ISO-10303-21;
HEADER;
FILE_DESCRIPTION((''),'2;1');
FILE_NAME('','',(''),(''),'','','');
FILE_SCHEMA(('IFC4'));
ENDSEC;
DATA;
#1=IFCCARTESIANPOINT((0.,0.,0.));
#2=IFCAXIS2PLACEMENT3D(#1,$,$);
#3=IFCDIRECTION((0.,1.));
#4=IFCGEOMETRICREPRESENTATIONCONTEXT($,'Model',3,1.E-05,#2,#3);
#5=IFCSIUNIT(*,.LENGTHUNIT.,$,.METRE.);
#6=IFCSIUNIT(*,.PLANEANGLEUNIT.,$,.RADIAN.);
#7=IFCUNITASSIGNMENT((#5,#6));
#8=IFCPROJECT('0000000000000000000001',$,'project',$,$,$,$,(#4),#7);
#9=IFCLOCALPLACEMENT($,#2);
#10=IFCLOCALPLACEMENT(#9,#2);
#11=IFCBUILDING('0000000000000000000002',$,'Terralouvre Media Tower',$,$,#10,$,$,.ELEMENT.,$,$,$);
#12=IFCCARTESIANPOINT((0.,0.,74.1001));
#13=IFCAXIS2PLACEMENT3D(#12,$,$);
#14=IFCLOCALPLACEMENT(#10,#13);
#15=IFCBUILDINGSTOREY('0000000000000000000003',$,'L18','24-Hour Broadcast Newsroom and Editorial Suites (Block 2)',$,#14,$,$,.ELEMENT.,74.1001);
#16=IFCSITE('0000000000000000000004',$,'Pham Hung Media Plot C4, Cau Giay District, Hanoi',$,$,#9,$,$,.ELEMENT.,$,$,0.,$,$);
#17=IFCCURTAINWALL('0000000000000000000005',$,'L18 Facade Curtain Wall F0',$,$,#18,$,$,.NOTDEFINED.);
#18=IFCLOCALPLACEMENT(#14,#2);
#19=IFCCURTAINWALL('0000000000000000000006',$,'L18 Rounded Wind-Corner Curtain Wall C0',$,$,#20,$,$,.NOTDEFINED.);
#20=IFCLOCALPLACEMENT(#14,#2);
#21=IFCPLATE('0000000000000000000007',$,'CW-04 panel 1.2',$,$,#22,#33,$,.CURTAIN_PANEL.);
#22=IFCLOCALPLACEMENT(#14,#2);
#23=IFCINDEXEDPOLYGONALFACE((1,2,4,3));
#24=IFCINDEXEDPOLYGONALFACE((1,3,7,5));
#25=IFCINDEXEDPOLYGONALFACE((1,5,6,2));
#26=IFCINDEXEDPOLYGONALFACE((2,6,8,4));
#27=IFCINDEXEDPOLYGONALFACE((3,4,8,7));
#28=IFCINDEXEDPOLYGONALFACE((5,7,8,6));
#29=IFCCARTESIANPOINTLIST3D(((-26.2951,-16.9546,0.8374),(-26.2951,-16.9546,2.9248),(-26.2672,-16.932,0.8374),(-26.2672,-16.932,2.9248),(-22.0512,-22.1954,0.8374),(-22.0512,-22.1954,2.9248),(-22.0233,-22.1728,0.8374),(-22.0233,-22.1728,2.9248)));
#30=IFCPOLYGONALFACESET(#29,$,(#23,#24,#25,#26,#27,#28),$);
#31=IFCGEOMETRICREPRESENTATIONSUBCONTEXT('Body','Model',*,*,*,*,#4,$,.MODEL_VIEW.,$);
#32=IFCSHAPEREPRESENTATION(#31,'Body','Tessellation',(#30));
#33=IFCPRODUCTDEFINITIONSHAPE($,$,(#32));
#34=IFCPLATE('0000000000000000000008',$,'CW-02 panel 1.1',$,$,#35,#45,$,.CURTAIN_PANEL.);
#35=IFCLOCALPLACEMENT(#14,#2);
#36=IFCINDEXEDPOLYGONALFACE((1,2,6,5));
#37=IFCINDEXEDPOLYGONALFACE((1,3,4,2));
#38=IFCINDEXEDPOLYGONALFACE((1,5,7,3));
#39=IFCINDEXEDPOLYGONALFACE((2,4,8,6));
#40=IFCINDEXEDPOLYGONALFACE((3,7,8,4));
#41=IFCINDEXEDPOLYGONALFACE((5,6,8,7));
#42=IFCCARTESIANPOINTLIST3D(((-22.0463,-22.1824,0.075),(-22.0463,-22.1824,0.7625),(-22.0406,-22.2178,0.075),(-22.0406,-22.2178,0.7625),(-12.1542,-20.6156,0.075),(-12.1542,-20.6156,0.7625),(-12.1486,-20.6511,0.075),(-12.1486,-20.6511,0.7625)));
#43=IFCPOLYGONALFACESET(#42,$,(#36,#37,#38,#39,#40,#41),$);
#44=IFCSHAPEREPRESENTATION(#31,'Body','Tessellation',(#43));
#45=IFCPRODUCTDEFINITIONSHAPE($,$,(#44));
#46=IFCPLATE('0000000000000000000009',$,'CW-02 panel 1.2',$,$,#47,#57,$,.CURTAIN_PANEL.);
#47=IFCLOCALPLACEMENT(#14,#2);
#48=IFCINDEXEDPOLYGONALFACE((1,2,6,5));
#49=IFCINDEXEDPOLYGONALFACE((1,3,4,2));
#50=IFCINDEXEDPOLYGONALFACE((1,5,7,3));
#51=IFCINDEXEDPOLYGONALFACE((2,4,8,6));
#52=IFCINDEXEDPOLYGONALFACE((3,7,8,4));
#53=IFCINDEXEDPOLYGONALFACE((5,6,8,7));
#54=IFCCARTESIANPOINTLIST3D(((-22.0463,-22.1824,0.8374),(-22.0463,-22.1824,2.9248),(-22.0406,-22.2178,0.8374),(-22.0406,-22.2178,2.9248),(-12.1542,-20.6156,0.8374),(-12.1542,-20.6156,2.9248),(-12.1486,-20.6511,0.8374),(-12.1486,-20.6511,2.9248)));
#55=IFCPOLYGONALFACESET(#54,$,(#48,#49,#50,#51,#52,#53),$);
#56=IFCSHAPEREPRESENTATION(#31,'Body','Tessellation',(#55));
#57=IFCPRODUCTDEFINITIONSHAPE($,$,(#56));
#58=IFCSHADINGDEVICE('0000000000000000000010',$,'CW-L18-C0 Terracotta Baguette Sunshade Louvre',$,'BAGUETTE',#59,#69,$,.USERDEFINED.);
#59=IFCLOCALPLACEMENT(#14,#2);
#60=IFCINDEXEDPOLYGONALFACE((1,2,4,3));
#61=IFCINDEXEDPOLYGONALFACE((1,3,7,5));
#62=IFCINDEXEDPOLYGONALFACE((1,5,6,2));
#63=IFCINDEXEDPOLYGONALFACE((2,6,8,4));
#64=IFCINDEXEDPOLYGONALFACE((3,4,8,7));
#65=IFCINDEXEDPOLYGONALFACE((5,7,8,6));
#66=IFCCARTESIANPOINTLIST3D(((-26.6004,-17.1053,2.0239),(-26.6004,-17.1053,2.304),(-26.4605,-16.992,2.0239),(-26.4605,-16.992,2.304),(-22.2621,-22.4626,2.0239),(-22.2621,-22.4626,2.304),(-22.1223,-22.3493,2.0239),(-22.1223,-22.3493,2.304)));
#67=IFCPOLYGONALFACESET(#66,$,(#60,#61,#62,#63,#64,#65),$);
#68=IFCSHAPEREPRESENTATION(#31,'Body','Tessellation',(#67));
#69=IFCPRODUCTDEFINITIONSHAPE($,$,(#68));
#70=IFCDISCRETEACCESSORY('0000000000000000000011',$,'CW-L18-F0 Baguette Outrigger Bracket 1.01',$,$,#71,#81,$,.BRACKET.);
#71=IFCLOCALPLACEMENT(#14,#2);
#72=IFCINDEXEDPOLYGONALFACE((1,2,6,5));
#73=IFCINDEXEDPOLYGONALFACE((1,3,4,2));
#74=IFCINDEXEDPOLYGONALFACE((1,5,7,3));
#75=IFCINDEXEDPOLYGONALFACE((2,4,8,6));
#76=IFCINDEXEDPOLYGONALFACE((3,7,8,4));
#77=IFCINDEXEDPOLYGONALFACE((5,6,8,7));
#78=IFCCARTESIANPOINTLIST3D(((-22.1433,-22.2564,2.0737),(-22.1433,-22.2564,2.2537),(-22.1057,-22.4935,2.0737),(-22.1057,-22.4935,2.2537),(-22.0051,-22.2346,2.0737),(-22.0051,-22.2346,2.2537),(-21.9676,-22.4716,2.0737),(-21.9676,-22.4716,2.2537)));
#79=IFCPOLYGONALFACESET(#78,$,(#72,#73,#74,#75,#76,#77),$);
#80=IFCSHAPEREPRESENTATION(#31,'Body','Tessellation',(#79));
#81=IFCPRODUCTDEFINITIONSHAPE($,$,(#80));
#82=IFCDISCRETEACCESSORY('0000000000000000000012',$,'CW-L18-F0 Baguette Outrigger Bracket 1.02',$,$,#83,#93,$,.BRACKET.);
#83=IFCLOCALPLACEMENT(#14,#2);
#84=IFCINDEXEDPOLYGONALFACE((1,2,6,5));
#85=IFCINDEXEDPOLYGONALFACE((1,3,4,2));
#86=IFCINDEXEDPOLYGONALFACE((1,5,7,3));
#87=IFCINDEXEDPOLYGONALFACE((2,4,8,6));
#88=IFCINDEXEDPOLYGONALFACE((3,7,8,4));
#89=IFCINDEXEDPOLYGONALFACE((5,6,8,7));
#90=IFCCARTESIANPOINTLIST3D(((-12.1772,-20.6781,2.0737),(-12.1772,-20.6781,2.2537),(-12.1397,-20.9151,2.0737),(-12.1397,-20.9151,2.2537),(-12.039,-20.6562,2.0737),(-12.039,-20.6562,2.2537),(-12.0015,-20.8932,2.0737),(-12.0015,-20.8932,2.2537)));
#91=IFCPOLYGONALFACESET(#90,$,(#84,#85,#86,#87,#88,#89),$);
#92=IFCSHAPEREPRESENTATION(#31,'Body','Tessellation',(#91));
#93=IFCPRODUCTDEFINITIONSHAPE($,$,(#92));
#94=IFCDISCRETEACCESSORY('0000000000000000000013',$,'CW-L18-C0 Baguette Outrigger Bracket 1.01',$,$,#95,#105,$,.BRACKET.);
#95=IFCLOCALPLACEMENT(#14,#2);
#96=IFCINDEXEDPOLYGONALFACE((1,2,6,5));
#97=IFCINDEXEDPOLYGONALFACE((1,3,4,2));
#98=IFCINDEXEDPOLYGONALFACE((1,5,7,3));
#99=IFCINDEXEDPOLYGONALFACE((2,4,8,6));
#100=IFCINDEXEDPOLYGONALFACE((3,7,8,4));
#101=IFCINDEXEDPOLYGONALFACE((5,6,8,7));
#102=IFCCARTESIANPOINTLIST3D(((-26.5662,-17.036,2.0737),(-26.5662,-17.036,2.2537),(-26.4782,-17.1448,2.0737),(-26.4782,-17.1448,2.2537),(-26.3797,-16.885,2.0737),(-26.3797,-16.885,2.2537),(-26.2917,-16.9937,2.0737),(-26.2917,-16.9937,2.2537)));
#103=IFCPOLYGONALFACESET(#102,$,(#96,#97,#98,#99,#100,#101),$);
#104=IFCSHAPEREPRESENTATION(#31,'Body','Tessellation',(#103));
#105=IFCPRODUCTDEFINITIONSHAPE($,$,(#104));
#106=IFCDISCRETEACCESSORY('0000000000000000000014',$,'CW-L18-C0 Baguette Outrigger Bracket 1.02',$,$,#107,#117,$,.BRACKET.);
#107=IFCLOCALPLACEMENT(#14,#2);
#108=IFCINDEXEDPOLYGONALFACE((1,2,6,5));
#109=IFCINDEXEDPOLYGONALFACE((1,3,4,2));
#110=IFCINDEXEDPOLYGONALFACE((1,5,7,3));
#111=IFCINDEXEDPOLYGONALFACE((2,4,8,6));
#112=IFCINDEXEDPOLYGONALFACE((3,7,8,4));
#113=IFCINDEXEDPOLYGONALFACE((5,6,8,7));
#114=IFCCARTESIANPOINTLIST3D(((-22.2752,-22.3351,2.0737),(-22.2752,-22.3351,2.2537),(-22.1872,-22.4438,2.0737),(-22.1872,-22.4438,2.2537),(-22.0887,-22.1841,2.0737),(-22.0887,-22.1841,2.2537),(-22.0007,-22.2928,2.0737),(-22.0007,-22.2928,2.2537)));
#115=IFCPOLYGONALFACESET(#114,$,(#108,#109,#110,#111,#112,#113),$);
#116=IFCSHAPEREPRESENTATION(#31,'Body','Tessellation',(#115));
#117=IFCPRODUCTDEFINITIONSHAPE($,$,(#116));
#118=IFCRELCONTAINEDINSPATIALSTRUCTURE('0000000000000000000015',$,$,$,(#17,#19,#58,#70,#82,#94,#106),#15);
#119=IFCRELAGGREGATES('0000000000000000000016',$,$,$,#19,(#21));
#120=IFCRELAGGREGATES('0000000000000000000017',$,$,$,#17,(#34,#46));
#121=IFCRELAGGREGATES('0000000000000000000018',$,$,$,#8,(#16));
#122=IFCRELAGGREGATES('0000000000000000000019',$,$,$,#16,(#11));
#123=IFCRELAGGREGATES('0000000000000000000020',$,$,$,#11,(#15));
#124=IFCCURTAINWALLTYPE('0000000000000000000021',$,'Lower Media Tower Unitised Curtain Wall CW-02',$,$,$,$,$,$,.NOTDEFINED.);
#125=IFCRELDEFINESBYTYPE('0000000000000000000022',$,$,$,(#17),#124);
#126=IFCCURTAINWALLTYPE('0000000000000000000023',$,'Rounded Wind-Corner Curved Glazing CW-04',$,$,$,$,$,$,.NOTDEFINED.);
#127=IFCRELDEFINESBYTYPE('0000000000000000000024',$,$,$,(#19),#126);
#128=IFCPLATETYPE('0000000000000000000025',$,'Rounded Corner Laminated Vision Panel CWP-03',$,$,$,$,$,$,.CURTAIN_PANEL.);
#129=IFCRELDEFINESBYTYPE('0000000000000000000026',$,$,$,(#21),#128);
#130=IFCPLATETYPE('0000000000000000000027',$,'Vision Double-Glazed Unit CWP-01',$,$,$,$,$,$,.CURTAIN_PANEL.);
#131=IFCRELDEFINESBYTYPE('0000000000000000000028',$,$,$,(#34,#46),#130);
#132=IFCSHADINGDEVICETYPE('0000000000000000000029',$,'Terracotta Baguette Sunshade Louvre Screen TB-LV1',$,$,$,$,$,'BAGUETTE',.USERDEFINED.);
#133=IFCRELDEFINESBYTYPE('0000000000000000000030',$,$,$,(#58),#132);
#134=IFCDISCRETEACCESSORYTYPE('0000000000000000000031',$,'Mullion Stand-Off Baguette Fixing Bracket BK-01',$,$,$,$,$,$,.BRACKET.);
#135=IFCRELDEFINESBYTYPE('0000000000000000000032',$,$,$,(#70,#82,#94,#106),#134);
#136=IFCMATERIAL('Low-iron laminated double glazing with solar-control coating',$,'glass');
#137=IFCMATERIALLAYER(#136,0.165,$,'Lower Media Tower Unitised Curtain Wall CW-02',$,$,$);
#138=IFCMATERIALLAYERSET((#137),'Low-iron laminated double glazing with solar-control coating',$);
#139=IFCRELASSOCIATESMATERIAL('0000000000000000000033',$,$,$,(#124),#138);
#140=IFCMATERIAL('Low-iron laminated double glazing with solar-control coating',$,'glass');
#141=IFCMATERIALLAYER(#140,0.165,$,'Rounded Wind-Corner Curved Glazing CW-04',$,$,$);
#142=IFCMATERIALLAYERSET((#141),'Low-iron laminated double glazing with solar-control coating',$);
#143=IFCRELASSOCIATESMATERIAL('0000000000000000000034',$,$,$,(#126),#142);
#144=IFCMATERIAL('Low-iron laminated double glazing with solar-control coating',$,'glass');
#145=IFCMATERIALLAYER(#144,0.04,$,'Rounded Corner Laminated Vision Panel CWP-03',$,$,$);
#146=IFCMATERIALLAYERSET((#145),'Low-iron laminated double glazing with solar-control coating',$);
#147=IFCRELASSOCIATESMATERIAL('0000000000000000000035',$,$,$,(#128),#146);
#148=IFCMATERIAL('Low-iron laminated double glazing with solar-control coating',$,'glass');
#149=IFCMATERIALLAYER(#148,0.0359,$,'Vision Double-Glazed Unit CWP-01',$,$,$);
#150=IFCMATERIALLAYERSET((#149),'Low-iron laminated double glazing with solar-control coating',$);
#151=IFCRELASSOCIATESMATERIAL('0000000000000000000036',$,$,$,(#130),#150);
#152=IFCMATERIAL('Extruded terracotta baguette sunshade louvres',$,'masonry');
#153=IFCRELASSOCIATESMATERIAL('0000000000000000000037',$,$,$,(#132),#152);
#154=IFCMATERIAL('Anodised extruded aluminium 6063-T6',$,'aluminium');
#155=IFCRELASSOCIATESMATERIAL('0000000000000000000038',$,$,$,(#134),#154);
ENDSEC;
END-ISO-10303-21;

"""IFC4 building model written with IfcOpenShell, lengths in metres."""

from ifc_helpers import new_model, si_unit, direction, frame, origin, origin_2d, place, context, subcontext, project, spatial, rectangle, extrude, material, layer, layer_set, type_object, element, aggregate, save


model = new_model("IFC4")

# Units and contexts
model_context = context("Model", 3, precision=1e-05, world=origin(), true_north=direction((0.0, 1.0)))
body_context = subcontext(model_context, "Body", "Model", "MODEL_VIEW")
ifc_project = project(units=[si_unit("LENGTHUNIT", "METRE"), si_unit("PLANEANGLEUNIT", "RADIAN")], contexts=[model_context])

# Site, building, storey
site_placement = place(None, origin())
site = spatial("IfcSite", under=ifc_project, at=site_placement, Name="Pham Hung Media Plot C4, Cau Giay District, Hanoi", CompositionType="ELEMENT", RefElevation=0.0)
building_placement = place(site_placement, origin())
building = spatial("IfcBuilding", under=site, at=building_placement, Name="Terralouvre Media Tower", CompositionType="ELEMENT")
storey_placement = place(building_placement, frame((0.0, 0.0, 74.1001)))
storey = spatial("IfcBuildingStorey", under=building, at=storey_placement, Name="L18", Description="24-Hour Broadcast Newsroom and Editorial Suites (Block 2)", CompositionType="ELEMENT", Elevation=74.1001)

# Curtain walls
ifc_material_1 = material(Name="Low-iron laminated double glazing with solar-control coating", Category="glass")
ifc_layer_1 = layer(ifc_material_1, 0.165, Name="Lower Media Tower Unitised Curtain Wall CW-02")
ifc_layer_set_1 = layer_set([ifc_layer_1], Name="Low-iron laminated double glazing with solar-control coating")
curtain_wall_type_1 = type_object("IfcCurtainWallType", Name="Lower Media Tower Unitised Curtain Wall CW-02", PredefinedType="NOTDEFINED", material=ifc_layer_set_1)
curtain_wall_1_placement = place(storey_placement, origin())
curtain_wall_1 = element("IfcCurtainWall", 1, at=curtain_wall_1_placement, inside=storey, type_object=curtain_wall_type_1, Name="L18 Facade Curtain Wall F0", PredefinedType="NOTDEFINED")
ifc_material_2 = material(Name="Low-iron laminated double glazing with solar-control coating", Category="glass")
ifc_layer_2 = layer(ifc_material_2, 0.165, Name="Rounded Wind-Corner Curved Glazing CW-04")
ifc_layer_set_2 = layer_set([ifc_layer_2], Name="Low-iron laminated double glazing with solar-control coating")
curtain_wall_type_2 = type_object("IfcCurtainWallType", Name="Rounded Wind-Corner Curved Glazing CW-04", PredefinedType="NOTDEFINED", material=ifc_layer_set_2)
curtain_wall_2_placement = place(storey_placement, origin())
curtain_wall_2 = element("IfcCurtainWall", 2, at=curtain_wall_2_placement, inside=storey, type_object=curtain_wall_type_2, Name="L18 Rounded Wind-Corner Curtain Wall C0", PredefinedType="NOTDEFINED")

# Plates
ifc_material_3 = material(Name="Low-iron laminated double glazing with solar-control coating", Category="glass")
ifc_layer_3 = layer(ifc_material_3, 0.04, Name="Rounded Corner Laminated Vision Panel CWP-03")
ifc_layer_set_3 = layer_set([ifc_layer_3], Name="Low-iron laminated double glazing with solar-control coating")
plate_type_1 = type_object("IfcPlateType", Name="Rounded Corner Laminated Vision Panel CWP-03", PredefinedType="CURTAIN_PANEL", material=ifc_layer_set_3)
plate_1_placement = place(storey_placement, frame((-24.1592, -19.5637, 0.8374), z_axis=(0.0, 0.0, 1.0), x_axis=(0.62932, -0.777146, 0.0)))
plate_1 = element("IfcPlate", 3, at=plate_1_placement, type_object=plate_type_1, Name="CW-04 panel 1.2", PredefinedType="CURTAIN_PANEL", context=body_context, shape_type="SweptSolid", body=[
    extrude(rectangle(XDim=6.7437, YDim=0.0359, at=origin_2d()), origin(), (0.0, 0.0, 1.0), 2.0874),
])
aggregate(curtain_wall_2, [plate_1])
ifc_material_4 = material(Name="Low-iron laminated double glazing with solar-control coating", Category="glass")
ifc_layer_4 = layer(ifc_material_4, 0.0359, Name="Vision Double-Glazed Unit CWP-01")
ifc_layer_set_4 = layer_set([ifc_layer_4], Name="Low-iron laminated double glazing with solar-control coating")
plate_type_2 = type_object("IfcPlateType", Name="Vision Double-Glazed Unit CWP-01", PredefinedType="CURTAIN_PANEL", material=ifc_layer_set_4)
plate_2_placement = place(storey_placement, frame((-17.0974, -21.4167, 0.075), z_axis=(0.0, 0.0, 1.0), x_axis=(0.987688, 0.156434, 0.0)))
plate_2 = element("IfcPlate", 4, at=plate_2_placement, type_object=plate_type_2, Name="CW-02 panel 1.1", PredefinedType="CURTAIN_PANEL", context=body_context, shape_type="SweptSolid", body=[
    extrude(rectangle(XDim=10.0154, YDim=0.0359, at=origin_2d()), origin(), (0.0, 0.0, 1.0), 0.6875),
])
plate_3_placement = place(storey_placement, frame((-17.0974, -21.4167, 0.8374), z_axis=(0.0, 0.0, 1.0), x_axis=(0.987688, 0.156434, 0.0)))
plate_3 = element("IfcPlate", 5, at=plate_3_placement, type_object=plate_type_2, Name="CW-02 panel 1.2", PredefinedType="CURTAIN_PANEL", context=body_context, shape_type="SweptSolid", body=[
    extrude(rectangle(XDim=10.0154, YDim=0.0359, at=origin_2d()), origin(), (0.0, 0.0, 1.0), 2.0874),
])
aggregate(curtain_wall_1, [plate_2, plate_3])

# Shading device
ifc_material_5 = material(Name="Extruded terracotta baguette sunshade louvres", Category="masonry")
shading_device_type = type_object("IfcShadingDeviceType", Name="Terracotta Baguette Sunshade Louvre Screen TB-LV1", ElementType="BAGUETTE", PredefinedType="USERDEFINED", material=ifc_material_5)
shading_device_placement = place(storey_placement, frame((-24.3613, -19.7273, 2.0239), z_axis=(0.0, 0.0, 1.0), x_axis=(0.62932, -0.777146, 0.0)))
element("IfcShadingDevice", 6, at=shading_device_placement, inside=storey, type_object=shading_device_type, Name="CW-L18-C0 Terracotta Baguette Sunshade Louvre", ObjectType="BAGUETTE", PredefinedType="USERDEFINED", context=body_context, shape_type="SweptSolid", body=[
    extrude(rectangle(XDim=6.8936, YDim=0.1799, at=origin_2d()), origin(), (0.0, 0.0, 1.0), 0.28),
])

# Discrete accessories
ifc_material_6 = material(Name="Anodised extruded aluminium 6063-T6", Category="aluminium")
discrete_accessory_type = type_object("IfcDiscreteAccessoryType", Name="Mullion Stand-Off Baguette Fixing Bracket BK-01", PredefinedType="BRACKET", material=ifc_material_6)
for number, where, z_axis, x_axis, name in (
    (7, (-22.0554, -22.364, 2.0737), (0.0, 0.0, 1.0), (0.987688, 0.156434, 0.0), "CW-L18-F0 Baguette Outrigger Bracket 1.01"),
    (8, (-12.0894, -20.7856, 2.0737), (0.0, 0.0, 1.0), (0.987688, 0.156434, 0.0), "CW-L18-F0 Baguette Outrigger Bracket 1.02"),
    (9, (-26.429, -17.0149, 2.0737), (0.0, 0.0, 1.0), (0.62932, -0.777146, 0.0), "CW-L18-C0 Baguette Outrigger Bracket 1.01"),
    (10, (-22.1379, -22.314, 2.0737), (0.0, 0.0, 1.0), (0.62932, -0.777146, 0.0), "CW-L18-C0 Baguette Outrigger Bracket 1.02"),
):
    element("IfcDiscreteAccessory", number, at=place(storey_placement, frame(where, z_axis=z_axis, x_axis=x_axis)), inside=storey, type_object=discrete_accessory_type, Name=name, PredefinedType="BRACKET", context=body_context, shape_type="SweptSolid", body=[
        extrude(rectangle(XDim=0.1399, YDim=0.24, at=origin_2d()), origin(), (0.0, 0.0, 1.0), 0.1799),
    ])

save(model, "model.ifc")
